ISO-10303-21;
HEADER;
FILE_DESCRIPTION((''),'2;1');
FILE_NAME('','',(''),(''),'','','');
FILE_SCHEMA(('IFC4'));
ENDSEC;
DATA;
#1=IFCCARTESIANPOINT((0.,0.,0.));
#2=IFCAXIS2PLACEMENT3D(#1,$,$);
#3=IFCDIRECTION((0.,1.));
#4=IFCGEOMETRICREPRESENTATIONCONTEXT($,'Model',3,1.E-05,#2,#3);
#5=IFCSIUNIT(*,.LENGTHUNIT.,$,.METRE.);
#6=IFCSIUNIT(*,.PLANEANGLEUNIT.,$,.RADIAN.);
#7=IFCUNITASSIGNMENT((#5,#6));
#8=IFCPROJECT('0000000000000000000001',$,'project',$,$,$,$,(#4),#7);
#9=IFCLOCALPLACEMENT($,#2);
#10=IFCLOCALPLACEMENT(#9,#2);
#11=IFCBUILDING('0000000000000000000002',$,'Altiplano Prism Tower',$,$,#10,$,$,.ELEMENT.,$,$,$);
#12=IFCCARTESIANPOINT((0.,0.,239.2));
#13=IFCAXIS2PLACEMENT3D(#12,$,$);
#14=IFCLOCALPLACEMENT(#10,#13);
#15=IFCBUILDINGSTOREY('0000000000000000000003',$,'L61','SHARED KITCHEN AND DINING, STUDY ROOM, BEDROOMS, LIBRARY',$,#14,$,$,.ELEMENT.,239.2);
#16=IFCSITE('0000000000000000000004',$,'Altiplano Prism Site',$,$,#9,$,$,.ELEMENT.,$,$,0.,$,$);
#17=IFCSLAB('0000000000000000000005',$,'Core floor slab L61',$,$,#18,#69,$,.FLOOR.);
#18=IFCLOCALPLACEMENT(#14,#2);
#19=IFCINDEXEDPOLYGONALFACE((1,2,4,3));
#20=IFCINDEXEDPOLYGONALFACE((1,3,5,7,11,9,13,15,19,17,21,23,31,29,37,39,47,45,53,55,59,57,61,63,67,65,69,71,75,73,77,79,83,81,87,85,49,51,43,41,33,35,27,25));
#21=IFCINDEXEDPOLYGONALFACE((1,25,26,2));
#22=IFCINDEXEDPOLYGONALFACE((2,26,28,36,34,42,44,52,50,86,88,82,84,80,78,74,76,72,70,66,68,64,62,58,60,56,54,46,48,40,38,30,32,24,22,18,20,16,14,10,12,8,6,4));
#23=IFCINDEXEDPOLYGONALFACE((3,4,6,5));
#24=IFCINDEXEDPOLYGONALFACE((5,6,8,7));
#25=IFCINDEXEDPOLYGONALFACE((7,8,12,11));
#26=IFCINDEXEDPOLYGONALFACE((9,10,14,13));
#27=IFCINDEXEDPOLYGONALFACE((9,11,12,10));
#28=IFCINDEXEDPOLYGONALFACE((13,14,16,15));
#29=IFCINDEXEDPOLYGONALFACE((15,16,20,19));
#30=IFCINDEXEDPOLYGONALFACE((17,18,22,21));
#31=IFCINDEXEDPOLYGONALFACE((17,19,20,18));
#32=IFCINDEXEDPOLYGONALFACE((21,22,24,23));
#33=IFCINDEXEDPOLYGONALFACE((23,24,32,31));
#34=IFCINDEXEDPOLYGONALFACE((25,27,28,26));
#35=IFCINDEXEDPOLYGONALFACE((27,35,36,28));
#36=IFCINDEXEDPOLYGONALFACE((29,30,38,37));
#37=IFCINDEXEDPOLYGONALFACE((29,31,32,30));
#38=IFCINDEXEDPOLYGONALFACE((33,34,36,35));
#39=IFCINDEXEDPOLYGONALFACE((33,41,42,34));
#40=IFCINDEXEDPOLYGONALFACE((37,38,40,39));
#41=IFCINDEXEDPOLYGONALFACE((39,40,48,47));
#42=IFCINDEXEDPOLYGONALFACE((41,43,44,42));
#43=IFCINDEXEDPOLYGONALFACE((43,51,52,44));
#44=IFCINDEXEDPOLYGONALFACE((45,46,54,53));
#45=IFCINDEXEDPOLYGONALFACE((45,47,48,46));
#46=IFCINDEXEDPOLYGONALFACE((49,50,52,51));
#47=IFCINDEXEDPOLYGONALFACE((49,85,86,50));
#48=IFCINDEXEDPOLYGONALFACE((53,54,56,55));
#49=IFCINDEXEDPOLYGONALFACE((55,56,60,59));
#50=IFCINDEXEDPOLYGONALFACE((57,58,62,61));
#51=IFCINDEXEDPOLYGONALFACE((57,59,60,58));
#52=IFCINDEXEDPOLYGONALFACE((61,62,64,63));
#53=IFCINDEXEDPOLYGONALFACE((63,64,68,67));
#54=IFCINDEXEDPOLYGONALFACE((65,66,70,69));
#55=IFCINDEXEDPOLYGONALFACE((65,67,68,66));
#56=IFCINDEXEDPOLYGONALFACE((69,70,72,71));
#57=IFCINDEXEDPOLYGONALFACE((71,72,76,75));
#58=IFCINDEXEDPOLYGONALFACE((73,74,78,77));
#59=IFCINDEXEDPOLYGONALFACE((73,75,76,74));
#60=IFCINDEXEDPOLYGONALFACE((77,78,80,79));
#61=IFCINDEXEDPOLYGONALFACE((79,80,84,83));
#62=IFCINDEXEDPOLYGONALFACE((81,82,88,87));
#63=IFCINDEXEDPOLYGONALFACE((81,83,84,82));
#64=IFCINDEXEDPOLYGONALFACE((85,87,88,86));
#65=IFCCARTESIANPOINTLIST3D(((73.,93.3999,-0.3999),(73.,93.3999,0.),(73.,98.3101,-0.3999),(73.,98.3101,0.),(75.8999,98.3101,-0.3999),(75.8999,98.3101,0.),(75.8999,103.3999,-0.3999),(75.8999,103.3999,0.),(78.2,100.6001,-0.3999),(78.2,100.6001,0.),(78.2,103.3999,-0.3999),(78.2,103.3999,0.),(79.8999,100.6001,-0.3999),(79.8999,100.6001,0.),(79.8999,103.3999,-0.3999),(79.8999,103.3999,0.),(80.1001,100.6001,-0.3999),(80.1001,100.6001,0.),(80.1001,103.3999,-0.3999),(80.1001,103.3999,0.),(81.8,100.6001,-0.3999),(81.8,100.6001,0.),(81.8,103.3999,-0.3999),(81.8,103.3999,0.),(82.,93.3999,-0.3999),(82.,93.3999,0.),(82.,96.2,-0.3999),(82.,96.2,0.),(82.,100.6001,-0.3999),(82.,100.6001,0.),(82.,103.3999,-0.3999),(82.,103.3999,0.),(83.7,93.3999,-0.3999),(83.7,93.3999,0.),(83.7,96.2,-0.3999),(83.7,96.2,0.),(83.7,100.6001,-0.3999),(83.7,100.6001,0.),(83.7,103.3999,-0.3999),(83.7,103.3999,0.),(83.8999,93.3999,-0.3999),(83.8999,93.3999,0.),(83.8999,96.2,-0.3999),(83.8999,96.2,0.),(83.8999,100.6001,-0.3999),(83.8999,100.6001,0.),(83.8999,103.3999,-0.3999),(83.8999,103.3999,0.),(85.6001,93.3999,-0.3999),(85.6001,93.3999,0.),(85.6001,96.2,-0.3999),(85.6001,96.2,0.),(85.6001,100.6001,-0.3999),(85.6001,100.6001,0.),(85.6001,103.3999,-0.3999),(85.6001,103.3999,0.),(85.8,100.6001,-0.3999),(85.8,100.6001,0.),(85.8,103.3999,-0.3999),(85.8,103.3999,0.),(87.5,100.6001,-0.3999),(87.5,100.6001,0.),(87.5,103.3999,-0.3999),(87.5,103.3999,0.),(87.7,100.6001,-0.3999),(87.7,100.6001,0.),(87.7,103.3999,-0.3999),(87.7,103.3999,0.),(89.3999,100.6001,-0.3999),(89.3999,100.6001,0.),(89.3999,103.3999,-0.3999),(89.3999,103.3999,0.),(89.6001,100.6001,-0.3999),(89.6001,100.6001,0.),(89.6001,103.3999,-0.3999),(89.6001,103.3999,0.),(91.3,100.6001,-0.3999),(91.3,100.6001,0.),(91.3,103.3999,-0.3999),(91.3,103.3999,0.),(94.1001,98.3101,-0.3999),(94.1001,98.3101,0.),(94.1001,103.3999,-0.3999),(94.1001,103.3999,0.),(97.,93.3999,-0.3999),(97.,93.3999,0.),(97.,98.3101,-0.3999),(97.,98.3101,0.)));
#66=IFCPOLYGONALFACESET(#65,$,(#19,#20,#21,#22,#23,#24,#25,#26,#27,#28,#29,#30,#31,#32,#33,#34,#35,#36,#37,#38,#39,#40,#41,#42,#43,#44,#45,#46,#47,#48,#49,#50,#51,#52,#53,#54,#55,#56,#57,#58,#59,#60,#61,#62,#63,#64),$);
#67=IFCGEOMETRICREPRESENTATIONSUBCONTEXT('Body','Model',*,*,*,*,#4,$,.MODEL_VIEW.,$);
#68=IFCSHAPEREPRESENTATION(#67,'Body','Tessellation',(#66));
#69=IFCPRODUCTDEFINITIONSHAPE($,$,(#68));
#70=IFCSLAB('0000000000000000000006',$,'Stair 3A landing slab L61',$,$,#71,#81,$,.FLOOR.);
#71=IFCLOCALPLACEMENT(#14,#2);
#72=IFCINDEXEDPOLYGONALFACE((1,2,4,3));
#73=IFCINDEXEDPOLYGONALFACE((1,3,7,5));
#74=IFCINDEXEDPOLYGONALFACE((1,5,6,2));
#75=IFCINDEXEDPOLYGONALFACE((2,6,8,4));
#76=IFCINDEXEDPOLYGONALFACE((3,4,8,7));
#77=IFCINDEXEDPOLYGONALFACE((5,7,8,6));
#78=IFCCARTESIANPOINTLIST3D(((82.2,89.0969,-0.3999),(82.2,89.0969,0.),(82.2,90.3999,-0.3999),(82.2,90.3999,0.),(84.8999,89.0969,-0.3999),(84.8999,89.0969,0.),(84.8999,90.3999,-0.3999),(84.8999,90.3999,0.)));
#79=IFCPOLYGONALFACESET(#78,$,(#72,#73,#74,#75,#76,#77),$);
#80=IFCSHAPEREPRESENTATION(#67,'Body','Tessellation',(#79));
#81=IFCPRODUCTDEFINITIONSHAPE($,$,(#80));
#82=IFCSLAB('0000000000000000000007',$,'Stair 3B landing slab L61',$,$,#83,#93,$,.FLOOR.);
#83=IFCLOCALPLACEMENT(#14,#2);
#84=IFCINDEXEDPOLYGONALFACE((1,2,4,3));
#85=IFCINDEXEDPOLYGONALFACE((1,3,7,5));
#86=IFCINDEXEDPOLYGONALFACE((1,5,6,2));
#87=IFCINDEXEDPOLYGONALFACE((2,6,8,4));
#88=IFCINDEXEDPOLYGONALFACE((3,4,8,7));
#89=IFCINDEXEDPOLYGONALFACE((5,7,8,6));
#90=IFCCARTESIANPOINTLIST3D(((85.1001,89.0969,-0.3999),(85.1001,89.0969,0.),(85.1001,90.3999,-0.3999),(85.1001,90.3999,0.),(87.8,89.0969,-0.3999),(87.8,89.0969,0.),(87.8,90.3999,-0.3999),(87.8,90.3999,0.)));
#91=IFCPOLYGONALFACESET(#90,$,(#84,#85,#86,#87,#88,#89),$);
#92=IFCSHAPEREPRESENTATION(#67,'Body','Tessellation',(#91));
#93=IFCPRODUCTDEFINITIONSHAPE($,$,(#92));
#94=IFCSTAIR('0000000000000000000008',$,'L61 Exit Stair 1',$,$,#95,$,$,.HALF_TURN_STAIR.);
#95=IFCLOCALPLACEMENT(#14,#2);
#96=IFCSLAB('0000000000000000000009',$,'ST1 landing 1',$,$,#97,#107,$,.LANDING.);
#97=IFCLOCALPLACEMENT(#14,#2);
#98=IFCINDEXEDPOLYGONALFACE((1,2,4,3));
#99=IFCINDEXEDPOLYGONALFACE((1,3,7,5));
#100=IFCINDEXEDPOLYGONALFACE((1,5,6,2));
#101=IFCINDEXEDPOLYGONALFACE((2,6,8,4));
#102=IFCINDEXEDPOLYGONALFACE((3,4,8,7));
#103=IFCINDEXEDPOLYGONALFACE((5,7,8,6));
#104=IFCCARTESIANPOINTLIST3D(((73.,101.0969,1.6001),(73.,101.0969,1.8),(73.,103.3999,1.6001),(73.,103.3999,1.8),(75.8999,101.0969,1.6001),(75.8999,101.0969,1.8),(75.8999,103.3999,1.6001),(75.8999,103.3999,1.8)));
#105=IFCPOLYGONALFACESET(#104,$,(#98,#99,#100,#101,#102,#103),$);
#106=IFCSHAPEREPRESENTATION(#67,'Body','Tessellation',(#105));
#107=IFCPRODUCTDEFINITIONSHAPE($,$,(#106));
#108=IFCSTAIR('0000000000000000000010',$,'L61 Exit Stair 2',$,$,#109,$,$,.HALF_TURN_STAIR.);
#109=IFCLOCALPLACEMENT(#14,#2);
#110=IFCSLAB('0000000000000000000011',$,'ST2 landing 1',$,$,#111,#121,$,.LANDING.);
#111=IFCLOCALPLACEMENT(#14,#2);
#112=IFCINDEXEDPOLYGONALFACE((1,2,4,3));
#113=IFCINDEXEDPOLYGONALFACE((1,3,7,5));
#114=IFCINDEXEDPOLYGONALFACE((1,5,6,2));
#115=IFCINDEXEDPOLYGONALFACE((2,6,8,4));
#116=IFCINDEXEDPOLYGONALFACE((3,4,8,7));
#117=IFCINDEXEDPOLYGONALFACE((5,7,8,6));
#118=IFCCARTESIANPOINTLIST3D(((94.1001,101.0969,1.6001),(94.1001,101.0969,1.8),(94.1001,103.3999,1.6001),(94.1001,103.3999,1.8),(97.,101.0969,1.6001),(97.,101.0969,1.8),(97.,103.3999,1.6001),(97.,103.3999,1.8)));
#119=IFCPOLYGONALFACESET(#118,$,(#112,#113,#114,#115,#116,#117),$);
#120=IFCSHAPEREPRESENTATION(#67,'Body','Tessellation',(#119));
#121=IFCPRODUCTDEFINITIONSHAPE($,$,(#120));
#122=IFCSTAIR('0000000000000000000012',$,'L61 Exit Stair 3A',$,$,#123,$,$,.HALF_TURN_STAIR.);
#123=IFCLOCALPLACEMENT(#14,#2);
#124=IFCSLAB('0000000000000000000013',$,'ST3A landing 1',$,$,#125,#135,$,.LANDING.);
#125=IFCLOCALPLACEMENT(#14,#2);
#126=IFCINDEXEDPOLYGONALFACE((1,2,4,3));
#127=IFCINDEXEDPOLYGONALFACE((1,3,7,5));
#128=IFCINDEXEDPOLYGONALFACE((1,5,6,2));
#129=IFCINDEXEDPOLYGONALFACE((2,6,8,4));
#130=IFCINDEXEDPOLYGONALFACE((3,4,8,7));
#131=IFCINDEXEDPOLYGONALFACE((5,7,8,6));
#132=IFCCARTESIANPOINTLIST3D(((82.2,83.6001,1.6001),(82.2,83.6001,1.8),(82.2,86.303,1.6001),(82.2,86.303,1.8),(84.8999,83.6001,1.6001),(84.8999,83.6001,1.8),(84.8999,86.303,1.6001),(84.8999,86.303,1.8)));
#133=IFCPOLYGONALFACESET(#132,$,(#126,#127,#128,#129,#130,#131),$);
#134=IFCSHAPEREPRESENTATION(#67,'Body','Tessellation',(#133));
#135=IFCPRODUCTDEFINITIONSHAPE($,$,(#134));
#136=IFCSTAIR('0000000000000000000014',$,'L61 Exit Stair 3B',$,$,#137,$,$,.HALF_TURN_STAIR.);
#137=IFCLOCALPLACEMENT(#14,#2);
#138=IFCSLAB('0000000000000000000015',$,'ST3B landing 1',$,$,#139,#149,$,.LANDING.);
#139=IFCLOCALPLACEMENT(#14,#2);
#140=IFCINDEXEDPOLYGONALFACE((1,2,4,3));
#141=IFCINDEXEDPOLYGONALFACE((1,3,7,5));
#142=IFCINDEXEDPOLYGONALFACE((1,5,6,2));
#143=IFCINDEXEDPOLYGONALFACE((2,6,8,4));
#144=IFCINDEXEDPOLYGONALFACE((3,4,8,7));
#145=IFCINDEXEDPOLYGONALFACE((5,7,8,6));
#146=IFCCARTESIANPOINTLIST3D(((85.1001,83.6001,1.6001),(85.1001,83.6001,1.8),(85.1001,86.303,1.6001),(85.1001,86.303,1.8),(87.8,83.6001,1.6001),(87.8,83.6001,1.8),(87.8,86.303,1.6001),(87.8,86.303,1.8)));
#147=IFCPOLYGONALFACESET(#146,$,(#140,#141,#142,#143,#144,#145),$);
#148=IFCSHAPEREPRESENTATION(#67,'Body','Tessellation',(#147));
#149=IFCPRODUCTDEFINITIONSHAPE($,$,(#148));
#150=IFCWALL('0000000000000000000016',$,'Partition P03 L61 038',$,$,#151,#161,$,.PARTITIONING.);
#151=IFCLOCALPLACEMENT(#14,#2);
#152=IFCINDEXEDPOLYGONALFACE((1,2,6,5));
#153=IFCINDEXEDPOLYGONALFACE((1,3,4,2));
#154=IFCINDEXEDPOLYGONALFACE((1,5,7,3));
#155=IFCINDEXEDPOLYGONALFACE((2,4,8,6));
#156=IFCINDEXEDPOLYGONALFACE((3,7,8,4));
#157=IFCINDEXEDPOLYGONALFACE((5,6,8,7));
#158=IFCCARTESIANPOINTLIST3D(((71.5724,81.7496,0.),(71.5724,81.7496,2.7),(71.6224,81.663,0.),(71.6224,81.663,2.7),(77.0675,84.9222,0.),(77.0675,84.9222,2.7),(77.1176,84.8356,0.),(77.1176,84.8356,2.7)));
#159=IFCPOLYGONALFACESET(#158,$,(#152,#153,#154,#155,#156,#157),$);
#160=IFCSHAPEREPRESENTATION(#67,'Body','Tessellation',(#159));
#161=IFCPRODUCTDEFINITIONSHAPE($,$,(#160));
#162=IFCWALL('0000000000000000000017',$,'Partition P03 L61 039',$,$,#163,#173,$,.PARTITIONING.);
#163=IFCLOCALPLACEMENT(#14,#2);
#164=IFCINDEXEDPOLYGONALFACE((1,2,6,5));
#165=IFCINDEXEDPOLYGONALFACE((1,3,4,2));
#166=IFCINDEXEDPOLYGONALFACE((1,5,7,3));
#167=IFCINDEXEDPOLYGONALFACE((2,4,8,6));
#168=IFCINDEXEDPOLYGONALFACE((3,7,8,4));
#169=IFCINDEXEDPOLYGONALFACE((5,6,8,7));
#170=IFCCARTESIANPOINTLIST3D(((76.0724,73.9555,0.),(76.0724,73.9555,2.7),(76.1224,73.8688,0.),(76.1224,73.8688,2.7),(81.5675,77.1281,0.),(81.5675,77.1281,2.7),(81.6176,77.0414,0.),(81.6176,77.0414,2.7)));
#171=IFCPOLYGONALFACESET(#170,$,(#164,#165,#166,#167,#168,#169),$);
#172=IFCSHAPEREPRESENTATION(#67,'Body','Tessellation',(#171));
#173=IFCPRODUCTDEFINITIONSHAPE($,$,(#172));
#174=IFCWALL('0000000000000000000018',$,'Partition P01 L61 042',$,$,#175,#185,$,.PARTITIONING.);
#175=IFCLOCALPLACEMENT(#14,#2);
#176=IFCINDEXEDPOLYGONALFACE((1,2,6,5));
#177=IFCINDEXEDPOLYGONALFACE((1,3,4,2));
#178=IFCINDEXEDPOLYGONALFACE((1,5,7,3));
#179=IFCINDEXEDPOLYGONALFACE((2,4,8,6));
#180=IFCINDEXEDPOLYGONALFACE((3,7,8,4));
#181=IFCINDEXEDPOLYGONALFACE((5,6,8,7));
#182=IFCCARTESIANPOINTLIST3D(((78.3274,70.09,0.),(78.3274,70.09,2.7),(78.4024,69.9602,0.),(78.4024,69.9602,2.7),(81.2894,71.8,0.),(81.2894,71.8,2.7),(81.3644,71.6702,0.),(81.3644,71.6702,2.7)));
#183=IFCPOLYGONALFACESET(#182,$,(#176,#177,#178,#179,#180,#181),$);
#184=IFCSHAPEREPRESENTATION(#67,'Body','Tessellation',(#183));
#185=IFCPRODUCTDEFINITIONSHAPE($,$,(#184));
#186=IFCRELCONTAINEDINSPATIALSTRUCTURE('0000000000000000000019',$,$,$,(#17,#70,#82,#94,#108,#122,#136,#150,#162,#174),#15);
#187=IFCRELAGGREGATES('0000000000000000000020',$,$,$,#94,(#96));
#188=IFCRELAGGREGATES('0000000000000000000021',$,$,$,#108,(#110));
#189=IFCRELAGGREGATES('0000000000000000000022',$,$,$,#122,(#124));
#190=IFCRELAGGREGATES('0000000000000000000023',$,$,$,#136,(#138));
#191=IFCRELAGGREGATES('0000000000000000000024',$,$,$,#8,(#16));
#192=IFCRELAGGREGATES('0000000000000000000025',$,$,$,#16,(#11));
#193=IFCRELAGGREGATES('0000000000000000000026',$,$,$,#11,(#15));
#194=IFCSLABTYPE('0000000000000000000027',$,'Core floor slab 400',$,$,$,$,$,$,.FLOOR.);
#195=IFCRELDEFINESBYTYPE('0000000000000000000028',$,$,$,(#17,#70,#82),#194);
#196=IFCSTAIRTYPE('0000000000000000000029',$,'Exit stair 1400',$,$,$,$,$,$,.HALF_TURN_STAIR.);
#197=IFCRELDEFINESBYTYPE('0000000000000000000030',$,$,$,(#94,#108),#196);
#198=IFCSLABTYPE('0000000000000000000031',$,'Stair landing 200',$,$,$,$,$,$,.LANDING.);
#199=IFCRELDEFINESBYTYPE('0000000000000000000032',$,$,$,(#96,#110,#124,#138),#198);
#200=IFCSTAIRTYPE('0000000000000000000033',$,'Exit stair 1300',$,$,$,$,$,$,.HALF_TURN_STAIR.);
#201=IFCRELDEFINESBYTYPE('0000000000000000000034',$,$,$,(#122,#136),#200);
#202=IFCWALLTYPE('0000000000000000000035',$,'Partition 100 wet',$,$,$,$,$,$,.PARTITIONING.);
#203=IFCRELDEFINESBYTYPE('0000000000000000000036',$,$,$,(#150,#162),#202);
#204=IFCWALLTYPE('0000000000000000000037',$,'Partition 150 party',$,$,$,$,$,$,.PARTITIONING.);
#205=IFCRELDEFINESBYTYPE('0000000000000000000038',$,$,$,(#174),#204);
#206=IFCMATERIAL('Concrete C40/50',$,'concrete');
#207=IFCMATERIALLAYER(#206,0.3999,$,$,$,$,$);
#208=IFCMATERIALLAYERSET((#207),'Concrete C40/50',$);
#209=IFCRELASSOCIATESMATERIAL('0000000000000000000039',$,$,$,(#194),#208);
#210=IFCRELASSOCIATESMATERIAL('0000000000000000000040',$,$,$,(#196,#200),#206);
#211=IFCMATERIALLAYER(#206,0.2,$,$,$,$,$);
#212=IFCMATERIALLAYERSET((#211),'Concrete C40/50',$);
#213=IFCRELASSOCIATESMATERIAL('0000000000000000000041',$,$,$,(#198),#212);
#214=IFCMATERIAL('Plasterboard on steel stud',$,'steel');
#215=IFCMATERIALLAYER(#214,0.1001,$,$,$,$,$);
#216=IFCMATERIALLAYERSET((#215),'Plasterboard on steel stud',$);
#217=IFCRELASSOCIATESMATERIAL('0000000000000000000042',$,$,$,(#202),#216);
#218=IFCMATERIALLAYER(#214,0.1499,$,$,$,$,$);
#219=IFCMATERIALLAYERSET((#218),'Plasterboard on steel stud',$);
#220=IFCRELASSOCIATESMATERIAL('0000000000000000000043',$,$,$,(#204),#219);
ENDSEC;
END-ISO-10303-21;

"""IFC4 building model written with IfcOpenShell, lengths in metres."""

from ifc_helpers import new_model, si_unit, direction, frame, frame_2d, origin, place, context, subcontext, project, spatial, polyline, rectangle, outline, extrude, material, layer, layer_set, type_object, element, aggregate, save


model = new_model("IFC4")

# Units and contexts
model_context = context("Model", 3, precision=1e-05, world=origin(), true_north=direction((0.0, 1.0)))
body_context = subcontext(model_context, "Body", "Model", "MODEL_VIEW")
ifc_project = project(units=[si_unit("LENGTHUNIT", "METRE"), si_unit("PLANEANGLEUNIT", "RADIAN")], contexts=[model_context])

# Site, building, storey
site_placement = place(None, origin())
site = spatial("IfcSite", under=ifc_project, at=site_placement, Name="Altiplano Prism Site", CompositionType="ELEMENT", RefElevation=0.0)
building_placement = place(site_placement, origin())
building = spatial("IfcBuilding", under=site, at=building_placement, Name="Altiplano Prism Tower", CompositionType="ELEMENT")
storey_placement = place(building_placement, frame((0.0, 0.0, 239.2)))
storey = spatial("IfcBuildingStorey", under=building, at=storey_placement, Name="L61", Description="SHARED KITCHEN AND DINING, STUDY ROOM, BEDROOMS, LIBRARY", CompositionType="ELEMENT", Elevation=239.2)

# Slabs
ifc_material_1 = material(Name="Concrete C40/50", Category="concrete")
ifc_layer_1 = layer(ifc_material_1, 0.3999)
ifc_layer_set_1 = layer_set([ifc_layer_1], Name="Concrete C40/50")
slab_type_1 = type_object("IfcSlabType", Name="Core floor slab 400", PredefinedType="FLOOR", material=ifc_layer_set_1)
slab_1_placement = place(storey_placement, frame((0.0, 0.0, -0.3999)))
element("IfcSlab", 1, at=slab_1_placement, inside=storey, type_object=slab_type_1, Name="Core floor slab L61", PredefinedType="FLOOR", context=body_context, shape_type="SweptSolid", body=[
    extrude(outline(polyline([(97.0, 98.3101), (94.1001, 98.3101), (94.1001, 103.3999), (91.3, 103.3999), (91.3, 100.6001), (89.6001, 100.6001), (89.6001, 103.3999), (89.3999, 103.3999), (89.3999, 100.6001), (87.7, 100.6001), (87.7, 103.3999), (87.5, 103.3999), (87.5, 100.6001), (85.8, 100.6001), (85.8, 103.3999), (85.6001, 103.3999), (85.6001, 100.6001), (83.8999, 100.6001), (83.8999, 103.3999), (83.7, 103.3999), (83.7, 100.6001), (82.0, 100.6001), (82.0, 103.3999), (81.8, 103.3999), (81.8, 100.6001), (80.1001, 100.6001), (80.1001, 103.3999), (79.8999, 103.3999), (79.8999, 100.6001), (78.2, 100.6001), (78.2, 103.3999), (75.8999, 103.3999), (75.8999, 98.3101), (73.0, 98.3101), (73.0, 93.3999), (82.0, 93.3999), (82.0, 96.2), (83.7, 96.2), (83.7, 93.3999), (83.8999, 93.3999), (83.8999, 96.2), (85.6001, 96.2), (85.6001, 93.3999), (97.0, 93.3999), (97.0, 98.3101)])), origin(), (0.0, 0.0, 1.0), 0.3999),
])
slab_2_placement = place(storey_placement, frame((0.0, 0.0, -0.3999)))
element("IfcSlab", 2, at=slab_2_placement, inside=storey, type_object=slab_type_1, Name="Stair 3A landing slab L61", PredefinedType="FLOOR", context=body_context, shape_type="SweptSolid", body=[
    extrude(outline(polyline([(82.2, 89.0969), (84.8999, 89.0969), (84.8999, 90.3999), (82.2, 90.3999), (82.2, 89.0969)])), origin(), (0.0, 0.0, 1.0), 0.3999),
])
slab_3_placement = place(storey_placement, frame((0.0, 0.0, -0.3999)))
element("IfcSlab", 3, at=slab_3_placement, inside=storey, type_object=slab_type_1, Name="Stair 3B landing slab L61", PredefinedType="FLOOR", context=body_context, shape_type="SweptSolid", body=[
    extrude(outline(polyline([(85.1001, 89.0969), (87.8, 89.0969), (87.8, 90.3999), (85.1001, 90.3999), (85.1001, 89.0969)])), origin(), (0.0, 0.0, 1.0), 0.3999),
])

# Stairs, slabs
stair_type_1 = type_object("IfcStairType", Name="Exit stair 1400", PredefinedType="HALF_TURN_STAIR", material=ifc_material_1)
stair_1_placement = place(storey_placement, origin())
stair_1 = element("IfcStair", 4, at=stair_1_placement, inside=storey, type_object=stair_type_1, Name="L61 Exit Stair 1", PredefinedType="HALF_TURN_STAIR")
ifc_layer_2 = layer(ifc_material_1, 0.2)
ifc_layer_set_2 = layer_set([ifc_layer_2], Name="Concrete C40/50")
slab_type_2 = type_object("IfcSlabType", Name="Stair landing 200", PredefinedType="LANDING", material=ifc_layer_set_2)
slab_4_placement = place(storey_placement, frame((0.0, 0.0, 1.6001)))
slab_4 = element("IfcSlab", 5, at=slab_4_placement, type_object=slab_type_2, Name="ST1 landing 1", PredefinedType="LANDING", context=body_context, shape_type="SweptSolid", body=[
    extrude(outline(polyline([(75.8999, 101.0969), (75.8999, 103.3999), (73.0, 103.3999), (73.0, 101.0969), (75.8999, 101.0969)])), origin(), (0.0, 0.0, 1.0), 0.2),
])
aggregate(stair_1, [slab_4])
stair_2_placement = place(storey_placement, origin())
stair_2 = element("IfcStair", 6, at=stair_2_placement, inside=storey, type_object=stair_type_1, Name="L61 Exit Stair 2", PredefinedType="HALF_TURN_STAIR")
slab_5_placement = place(storey_placement, frame((0.0, 0.0, 1.6001)))
slab_5 = element("IfcSlab", 7, at=slab_5_placement, type_object=slab_type_2, Name="ST2 landing 1", PredefinedType="LANDING", context=body_context, shape_type="SweptSolid", body=[
    extrude(outline(polyline([(97.0, 101.0969), (97.0, 103.3999), (94.1001, 103.3999), (94.1001, 101.0969), (97.0, 101.0969)])), origin(), (0.0, 0.0, 1.0), 0.2),
])
aggregate(stair_2, [slab_5])
stair_type_2 = type_object("IfcStairType", Name="Exit stair 1300", PredefinedType="HALF_TURN_STAIR", material=ifc_material_1)
stair_3_placement = place(storey_placement, origin())
stair_3 = element("IfcStair", 8, at=stair_3_placement, inside=storey, type_object=stair_type_2, Name="L61 Exit Stair 3A", PredefinedType="HALF_TURN_STAIR")
slab_6_placement = place(storey_placement, frame((0.0, 0.0, 1.6001)))
slab_6 = element("IfcSlab", 9, at=slab_6_placement, type_object=slab_type_2, Name="ST3A landing 1", PredefinedType="LANDING", context=body_context, shape_type="SweptSolid", body=[
    extrude(outline(polyline([(82.2, 86.303), (82.2, 83.6001), (84.8999, 83.6001), (84.8999, 86.303), (82.2, 86.303)])), origin(), (0.0, 0.0, 1.0), 0.2),
])
aggregate(stair_3, [slab_6])
stair_4_placement = place(storey_placement, origin())
stair_4 = element("IfcStair", 10, at=stair_4_placement, inside=storey, type_object=stair_type_2, Name="L61 Exit Stair 3B", PredefinedType="HALF_TURN_STAIR")
slab_7_placement = place(storey_placement, frame((0.0, 0.0, 1.6001)))
slab_7 = element("IfcSlab", 11, at=slab_7_placement, type_object=slab_type_2, Name="ST3B landing 1", PredefinedType="LANDING", context=body_context, shape_type="SweptSolid", body=[
    extrude(outline(polyline([(85.1001, 86.303), (85.1001, 83.6001), (87.8, 83.6001), (87.8, 86.303), (85.1001, 86.303)])), origin(), (0.0, 0.0, 1.0), 0.2),
])
aggregate(stair_4, [slab_7])

# Walls
ifc_material_2 = material(Name="Plasterboard on steel stud", Category="steel")
ifc_layer_3 = layer(ifc_material_2, 0.1001)
ifc_layer_set_3 = layer_set([ifc_layer_3], Name="Plasterboard on steel stud")
wall_type_1 = type_object("IfcWallType", Name="Partition 100 wet", PredefinedType="PARTITIONING", material=ifc_layer_set_3)
for number, where, z_axis, x_axis, name in (
    (12, (71.5974, 81.7063, 0.0), (0.0, 0.0, 1.0), (0.866025, 0.5, 0.0), "Partition P03 L61 038"),
    (13, (76.0974, 73.9121, 0.0), (0.0, 0.0, 1.0), (0.866025, 0.5, 0.0), "Partition P03 L61 039"),
):
    element("IfcWall", number, at=place(storey_placement, frame(where, z_axis=z_axis, x_axis=x_axis)), inside=storey, type_object=wall_type_1, Name=name, PredefinedType="PARTITIONING", context=body_context, shape_type="SweptSolid", body=[
        extrude(rectangle(XDim=6.3452, YDim=0.1001, at=frame_2d((3.1726, 0.0))), origin(), (0.0, 0.0, 1.0), 2.7),
    ])
ifc_layer_4 = layer(ifc_material_2, 0.1499)
ifc_layer_set_4 = layer_set([ifc_layer_4], Name="Plasterboard on steel stud")
wall_type_2 = type_object("IfcWallType", Name="Partition 150 party", PredefinedType="PARTITIONING", material=ifc_layer_set_4)
wall_placement = place(storey_placement, frame((78.365, 70.0251, 0.0), z_axis=(0.0, 0.0, 1.0), x_axis=(0.866038, 0.499978, 0.0)))
element("IfcWall", 14, at=wall_placement, inside=storey, type_object=wall_type_2, Name="Partition P01 L61 042", PredefinedType="PARTITIONING", context=body_context, shape_type="SweptSolid", body=[
    extrude(rectangle(XDim=3.4202, YDim=0.1499, at=frame_2d((1.71, 0.0))), origin(), (0.0, 0.0, 1.0), 2.7),
])

save(model, "model.ifc")
